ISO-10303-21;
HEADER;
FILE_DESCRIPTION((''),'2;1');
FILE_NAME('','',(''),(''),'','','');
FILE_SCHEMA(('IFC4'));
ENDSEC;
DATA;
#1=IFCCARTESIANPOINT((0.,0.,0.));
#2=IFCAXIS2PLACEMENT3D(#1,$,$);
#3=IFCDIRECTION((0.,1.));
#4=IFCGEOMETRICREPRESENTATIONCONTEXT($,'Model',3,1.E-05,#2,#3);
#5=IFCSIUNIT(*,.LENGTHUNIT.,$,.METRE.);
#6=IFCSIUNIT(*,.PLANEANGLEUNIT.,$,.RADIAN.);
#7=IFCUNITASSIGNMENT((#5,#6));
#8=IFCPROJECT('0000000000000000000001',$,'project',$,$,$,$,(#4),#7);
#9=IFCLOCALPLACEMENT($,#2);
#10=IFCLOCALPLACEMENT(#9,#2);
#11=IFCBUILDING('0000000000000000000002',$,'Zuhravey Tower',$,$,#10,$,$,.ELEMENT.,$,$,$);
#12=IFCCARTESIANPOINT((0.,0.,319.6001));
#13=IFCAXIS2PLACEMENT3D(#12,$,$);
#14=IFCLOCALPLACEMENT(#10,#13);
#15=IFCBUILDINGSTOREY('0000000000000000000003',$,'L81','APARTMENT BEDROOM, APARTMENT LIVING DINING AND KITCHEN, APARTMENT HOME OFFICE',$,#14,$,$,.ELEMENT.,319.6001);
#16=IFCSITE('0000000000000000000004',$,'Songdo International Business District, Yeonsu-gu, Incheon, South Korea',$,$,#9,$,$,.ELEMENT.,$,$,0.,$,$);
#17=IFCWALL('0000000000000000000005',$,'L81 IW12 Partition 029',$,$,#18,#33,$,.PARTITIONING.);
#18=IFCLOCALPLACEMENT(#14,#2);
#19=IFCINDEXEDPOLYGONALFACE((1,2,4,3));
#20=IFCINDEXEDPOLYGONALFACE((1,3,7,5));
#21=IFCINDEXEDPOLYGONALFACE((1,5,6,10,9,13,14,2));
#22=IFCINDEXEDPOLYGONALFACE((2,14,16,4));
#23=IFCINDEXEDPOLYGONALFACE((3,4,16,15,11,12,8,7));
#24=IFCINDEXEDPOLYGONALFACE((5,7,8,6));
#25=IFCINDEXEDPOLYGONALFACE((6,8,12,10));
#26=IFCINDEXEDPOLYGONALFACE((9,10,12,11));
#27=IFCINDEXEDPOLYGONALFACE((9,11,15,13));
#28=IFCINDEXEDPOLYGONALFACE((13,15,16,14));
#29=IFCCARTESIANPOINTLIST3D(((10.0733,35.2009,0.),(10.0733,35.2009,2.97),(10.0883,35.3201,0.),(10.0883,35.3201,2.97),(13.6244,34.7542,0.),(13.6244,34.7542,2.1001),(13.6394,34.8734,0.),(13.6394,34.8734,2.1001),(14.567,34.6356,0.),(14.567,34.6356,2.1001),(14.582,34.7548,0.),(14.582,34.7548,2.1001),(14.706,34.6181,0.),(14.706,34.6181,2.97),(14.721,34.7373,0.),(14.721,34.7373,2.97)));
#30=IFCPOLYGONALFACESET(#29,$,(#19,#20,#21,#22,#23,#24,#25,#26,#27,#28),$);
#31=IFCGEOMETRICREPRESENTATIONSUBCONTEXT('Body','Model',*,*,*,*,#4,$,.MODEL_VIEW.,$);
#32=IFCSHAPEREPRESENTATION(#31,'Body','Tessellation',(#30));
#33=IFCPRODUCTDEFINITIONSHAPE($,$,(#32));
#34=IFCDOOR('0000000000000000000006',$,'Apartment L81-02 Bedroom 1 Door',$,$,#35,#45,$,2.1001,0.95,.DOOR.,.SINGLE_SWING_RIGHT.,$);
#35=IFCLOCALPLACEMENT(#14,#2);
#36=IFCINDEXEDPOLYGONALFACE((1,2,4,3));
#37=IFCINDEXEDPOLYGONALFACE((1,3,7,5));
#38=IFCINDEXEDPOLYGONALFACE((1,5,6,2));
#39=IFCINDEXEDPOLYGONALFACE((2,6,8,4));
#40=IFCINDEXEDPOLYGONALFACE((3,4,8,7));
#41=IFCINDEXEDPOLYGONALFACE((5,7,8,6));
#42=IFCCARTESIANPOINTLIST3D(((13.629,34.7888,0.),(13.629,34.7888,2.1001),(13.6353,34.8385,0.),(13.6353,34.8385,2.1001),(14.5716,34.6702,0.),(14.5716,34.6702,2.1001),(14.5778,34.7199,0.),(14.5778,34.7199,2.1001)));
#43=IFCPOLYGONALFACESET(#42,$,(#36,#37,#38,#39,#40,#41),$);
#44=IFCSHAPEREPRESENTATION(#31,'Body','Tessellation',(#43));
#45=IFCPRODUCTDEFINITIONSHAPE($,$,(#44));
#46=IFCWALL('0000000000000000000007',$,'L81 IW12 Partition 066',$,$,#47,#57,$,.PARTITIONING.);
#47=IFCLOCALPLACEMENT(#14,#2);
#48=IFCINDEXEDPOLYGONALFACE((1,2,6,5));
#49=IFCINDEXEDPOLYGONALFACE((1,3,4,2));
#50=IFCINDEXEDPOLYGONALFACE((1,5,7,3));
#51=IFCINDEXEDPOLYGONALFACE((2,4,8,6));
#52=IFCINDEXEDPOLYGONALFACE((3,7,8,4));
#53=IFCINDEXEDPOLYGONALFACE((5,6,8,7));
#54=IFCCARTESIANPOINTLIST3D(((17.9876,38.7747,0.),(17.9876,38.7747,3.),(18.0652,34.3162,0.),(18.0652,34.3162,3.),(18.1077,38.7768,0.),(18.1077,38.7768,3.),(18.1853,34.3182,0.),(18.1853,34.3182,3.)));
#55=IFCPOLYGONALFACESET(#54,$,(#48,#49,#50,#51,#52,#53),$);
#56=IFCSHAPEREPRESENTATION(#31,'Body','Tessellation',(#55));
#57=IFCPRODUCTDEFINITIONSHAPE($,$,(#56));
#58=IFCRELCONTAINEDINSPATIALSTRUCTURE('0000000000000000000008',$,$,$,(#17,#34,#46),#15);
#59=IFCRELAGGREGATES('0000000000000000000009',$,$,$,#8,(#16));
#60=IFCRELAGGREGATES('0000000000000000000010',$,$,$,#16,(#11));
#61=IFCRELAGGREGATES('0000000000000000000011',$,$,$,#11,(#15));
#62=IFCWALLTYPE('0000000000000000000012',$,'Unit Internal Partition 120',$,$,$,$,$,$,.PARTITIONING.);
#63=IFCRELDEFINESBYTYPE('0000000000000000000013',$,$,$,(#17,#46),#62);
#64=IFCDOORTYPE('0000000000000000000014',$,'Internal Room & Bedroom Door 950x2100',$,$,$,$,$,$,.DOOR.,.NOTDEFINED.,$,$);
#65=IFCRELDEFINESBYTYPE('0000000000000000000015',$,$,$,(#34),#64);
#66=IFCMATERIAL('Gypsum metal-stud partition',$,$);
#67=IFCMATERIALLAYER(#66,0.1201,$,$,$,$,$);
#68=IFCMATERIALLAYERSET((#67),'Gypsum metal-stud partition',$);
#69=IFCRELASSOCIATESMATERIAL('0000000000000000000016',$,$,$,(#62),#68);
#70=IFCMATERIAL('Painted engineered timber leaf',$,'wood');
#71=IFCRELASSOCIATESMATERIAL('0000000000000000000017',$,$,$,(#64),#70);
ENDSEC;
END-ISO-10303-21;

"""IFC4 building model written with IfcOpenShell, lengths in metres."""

from ifc_helpers import new_model, si_unit, direction, frame, frame_2d, origin, place, context, subcontext, project, spatial, rectangle, extrude, material, layer, layer_set, type_object, element, fill, save


model = new_model("IFC4")

# Units and contexts
model_context = context("Model", 3, precision=1e-05, world=origin(), true_north=direction((0.0, 1.0)))
body_context = subcontext(model_context, "Body", "Model", "MODEL_VIEW")
ifc_project = project(units=[si_unit("LENGTHUNIT", "METRE"), si_unit("PLANEANGLEUNIT", "RADIAN")], contexts=[model_context])

# Site, building, storey
site_placement = place(None, origin())
site = spatial("IfcSite", under=ifc_project, at=site_placement, Name="Songdo International Business District, Yeonsu-gu, Incheon, South Korea", CompositionType="ELEMENT", RefElevation=0.0)
building_placement = place(site_placement, origin())
building = spatial("IfcBuilding", under=site, at=building_placement, Name="Zuhravey Tower", CompositionType="ELEMENT")
storey_placement = place(building_placement, frame((0.0, 0.0, 319.6001)))
storey = spatial("IfcBuildingStorey", under=building, at=storey_placement, Name="L81", Description="APARTMENT BEDROOM, APARTMENT LIVING DINING AND KITCHEN, APARTMENT HOME OFFICE", CompositionType="ELEMENT", Elevation=319.6001)

# Shared definitions
ifc_material_1 = material(Name="Gypsum metal-stud partition")
ifc_layer_1 = layer(ifc_material_1, 0.1201)
ifc_layer_set_1 = layer_set([ifc_layer_1], Name="Gypsum metal-stud partition")
wall_type_1 = type_object("IfcWallType", Name="Unit Internal Partition 120", PredefinedType="PARTITIONING", material=ifc_layer_set_1)
ifc_material_2 = material(Name="Painted engineered timber leaf", Category="wood")
door_type_1 = type_object("IfcDoorType", Name="Internal Room & Bedroom Door 950x2100", OperationType="NOTDEFINED", PredefinedType="DOOR", material=ifc_material_2)

# Wall, opening, door
wall_1_placement = place(storey_placement, frame((14.7134, 34.6777, 0.0), z_axis=(0.0, 0.0, 1.0), x_axis=(-0.99218, 0.124813, 0.0)))
wall_1 = element("IfcWall", 1, at=wall_1_placement, inside=storey, type_object=wall_type_1, Name="L81 IW12 Partition 029", PredefinedType="PARTITIONING", context=body_context, shape_type="SweptSolid", body=[
    extrude(rectangle(XDim=4.6692, YDim=0.1201, at=frame_2d((2.3345, 0.0))), origin(), (0.0, 0.0, 1.0), 2.97),
])
opening_1_placement = place(wall_1_placement, frame((0.1399, 0.0, 0.0)))
opening_1 = element("IfcOpeningElement", 2, at=opening_1_placement, cuts=wall_1, PredefinedType="OPENING", context=body_context, shape_type="SweptSolid", body=[
    extrude(rectangle(XDim=0.95, YDim=2.1001, at=frame_2d((0.4751, 1.05))), frame((0.0, 0.072, 0.0), z_axis=(0.0, -1.0, 0.0), x_axis=(1.0, 0.0, 0.0)), (0.0, 0.0, 1.0), 0.144),
])
door_1_placement = place(opening_1_placement, frame((0.95, 0.0, 0.0), z_axis=(0.0, 0.0, 1.0), x_axis=(-1.0, 0.0, 0.0)))
door_1 = element("IfcDoor", 3, at=door_1_placement, inside=storey, type_object=door_type_1, Name="Apartment L81-02 Bedroom 1 Door", OperationType="SINGLE_SWING_RIGHT", OverallHeight=2.1001, OverallWidth=0.95, PredefinedType="DOOR", context=body_context, shape_type="SweptSolid", body=[
    extrude(rectangle(XDim=0.95, YDim=2.1001, at=frame_2d((0.4751, 1.05))), frame((0.0, 0.0249, 0.0), z_axis=(0.0, -1.0, 0.0), x_axis=(1.0, 0.0, 0.0)), (0.0, 0.0, 1.0), 0.05),
])
fill(opening_1, door_1)

# Wall
wall_2_placement = place(storey_placement, frame((18.0476, 38.7756, 0.0), z_axis=(0.0, 0.0, 1.0), x_axis=(0.017411, -0.999848, 0.0)))
element("IfcWall", 4, at=wall_2_placement, inside=storey, type_object=wall_type_1, Name="L81 IW12 Partition 066", PredefinedType="PARTITIONING", context=body_context, shape_type="SweptSolid", body=[
    extrude(rectangle(XDim=4.4592, YDim=0.1201, at=frame_2d((2.2295, 0.0))), origin(), (0.0, 0.0, 1.0), 3.0),
])

save(model, "model.ifc")
